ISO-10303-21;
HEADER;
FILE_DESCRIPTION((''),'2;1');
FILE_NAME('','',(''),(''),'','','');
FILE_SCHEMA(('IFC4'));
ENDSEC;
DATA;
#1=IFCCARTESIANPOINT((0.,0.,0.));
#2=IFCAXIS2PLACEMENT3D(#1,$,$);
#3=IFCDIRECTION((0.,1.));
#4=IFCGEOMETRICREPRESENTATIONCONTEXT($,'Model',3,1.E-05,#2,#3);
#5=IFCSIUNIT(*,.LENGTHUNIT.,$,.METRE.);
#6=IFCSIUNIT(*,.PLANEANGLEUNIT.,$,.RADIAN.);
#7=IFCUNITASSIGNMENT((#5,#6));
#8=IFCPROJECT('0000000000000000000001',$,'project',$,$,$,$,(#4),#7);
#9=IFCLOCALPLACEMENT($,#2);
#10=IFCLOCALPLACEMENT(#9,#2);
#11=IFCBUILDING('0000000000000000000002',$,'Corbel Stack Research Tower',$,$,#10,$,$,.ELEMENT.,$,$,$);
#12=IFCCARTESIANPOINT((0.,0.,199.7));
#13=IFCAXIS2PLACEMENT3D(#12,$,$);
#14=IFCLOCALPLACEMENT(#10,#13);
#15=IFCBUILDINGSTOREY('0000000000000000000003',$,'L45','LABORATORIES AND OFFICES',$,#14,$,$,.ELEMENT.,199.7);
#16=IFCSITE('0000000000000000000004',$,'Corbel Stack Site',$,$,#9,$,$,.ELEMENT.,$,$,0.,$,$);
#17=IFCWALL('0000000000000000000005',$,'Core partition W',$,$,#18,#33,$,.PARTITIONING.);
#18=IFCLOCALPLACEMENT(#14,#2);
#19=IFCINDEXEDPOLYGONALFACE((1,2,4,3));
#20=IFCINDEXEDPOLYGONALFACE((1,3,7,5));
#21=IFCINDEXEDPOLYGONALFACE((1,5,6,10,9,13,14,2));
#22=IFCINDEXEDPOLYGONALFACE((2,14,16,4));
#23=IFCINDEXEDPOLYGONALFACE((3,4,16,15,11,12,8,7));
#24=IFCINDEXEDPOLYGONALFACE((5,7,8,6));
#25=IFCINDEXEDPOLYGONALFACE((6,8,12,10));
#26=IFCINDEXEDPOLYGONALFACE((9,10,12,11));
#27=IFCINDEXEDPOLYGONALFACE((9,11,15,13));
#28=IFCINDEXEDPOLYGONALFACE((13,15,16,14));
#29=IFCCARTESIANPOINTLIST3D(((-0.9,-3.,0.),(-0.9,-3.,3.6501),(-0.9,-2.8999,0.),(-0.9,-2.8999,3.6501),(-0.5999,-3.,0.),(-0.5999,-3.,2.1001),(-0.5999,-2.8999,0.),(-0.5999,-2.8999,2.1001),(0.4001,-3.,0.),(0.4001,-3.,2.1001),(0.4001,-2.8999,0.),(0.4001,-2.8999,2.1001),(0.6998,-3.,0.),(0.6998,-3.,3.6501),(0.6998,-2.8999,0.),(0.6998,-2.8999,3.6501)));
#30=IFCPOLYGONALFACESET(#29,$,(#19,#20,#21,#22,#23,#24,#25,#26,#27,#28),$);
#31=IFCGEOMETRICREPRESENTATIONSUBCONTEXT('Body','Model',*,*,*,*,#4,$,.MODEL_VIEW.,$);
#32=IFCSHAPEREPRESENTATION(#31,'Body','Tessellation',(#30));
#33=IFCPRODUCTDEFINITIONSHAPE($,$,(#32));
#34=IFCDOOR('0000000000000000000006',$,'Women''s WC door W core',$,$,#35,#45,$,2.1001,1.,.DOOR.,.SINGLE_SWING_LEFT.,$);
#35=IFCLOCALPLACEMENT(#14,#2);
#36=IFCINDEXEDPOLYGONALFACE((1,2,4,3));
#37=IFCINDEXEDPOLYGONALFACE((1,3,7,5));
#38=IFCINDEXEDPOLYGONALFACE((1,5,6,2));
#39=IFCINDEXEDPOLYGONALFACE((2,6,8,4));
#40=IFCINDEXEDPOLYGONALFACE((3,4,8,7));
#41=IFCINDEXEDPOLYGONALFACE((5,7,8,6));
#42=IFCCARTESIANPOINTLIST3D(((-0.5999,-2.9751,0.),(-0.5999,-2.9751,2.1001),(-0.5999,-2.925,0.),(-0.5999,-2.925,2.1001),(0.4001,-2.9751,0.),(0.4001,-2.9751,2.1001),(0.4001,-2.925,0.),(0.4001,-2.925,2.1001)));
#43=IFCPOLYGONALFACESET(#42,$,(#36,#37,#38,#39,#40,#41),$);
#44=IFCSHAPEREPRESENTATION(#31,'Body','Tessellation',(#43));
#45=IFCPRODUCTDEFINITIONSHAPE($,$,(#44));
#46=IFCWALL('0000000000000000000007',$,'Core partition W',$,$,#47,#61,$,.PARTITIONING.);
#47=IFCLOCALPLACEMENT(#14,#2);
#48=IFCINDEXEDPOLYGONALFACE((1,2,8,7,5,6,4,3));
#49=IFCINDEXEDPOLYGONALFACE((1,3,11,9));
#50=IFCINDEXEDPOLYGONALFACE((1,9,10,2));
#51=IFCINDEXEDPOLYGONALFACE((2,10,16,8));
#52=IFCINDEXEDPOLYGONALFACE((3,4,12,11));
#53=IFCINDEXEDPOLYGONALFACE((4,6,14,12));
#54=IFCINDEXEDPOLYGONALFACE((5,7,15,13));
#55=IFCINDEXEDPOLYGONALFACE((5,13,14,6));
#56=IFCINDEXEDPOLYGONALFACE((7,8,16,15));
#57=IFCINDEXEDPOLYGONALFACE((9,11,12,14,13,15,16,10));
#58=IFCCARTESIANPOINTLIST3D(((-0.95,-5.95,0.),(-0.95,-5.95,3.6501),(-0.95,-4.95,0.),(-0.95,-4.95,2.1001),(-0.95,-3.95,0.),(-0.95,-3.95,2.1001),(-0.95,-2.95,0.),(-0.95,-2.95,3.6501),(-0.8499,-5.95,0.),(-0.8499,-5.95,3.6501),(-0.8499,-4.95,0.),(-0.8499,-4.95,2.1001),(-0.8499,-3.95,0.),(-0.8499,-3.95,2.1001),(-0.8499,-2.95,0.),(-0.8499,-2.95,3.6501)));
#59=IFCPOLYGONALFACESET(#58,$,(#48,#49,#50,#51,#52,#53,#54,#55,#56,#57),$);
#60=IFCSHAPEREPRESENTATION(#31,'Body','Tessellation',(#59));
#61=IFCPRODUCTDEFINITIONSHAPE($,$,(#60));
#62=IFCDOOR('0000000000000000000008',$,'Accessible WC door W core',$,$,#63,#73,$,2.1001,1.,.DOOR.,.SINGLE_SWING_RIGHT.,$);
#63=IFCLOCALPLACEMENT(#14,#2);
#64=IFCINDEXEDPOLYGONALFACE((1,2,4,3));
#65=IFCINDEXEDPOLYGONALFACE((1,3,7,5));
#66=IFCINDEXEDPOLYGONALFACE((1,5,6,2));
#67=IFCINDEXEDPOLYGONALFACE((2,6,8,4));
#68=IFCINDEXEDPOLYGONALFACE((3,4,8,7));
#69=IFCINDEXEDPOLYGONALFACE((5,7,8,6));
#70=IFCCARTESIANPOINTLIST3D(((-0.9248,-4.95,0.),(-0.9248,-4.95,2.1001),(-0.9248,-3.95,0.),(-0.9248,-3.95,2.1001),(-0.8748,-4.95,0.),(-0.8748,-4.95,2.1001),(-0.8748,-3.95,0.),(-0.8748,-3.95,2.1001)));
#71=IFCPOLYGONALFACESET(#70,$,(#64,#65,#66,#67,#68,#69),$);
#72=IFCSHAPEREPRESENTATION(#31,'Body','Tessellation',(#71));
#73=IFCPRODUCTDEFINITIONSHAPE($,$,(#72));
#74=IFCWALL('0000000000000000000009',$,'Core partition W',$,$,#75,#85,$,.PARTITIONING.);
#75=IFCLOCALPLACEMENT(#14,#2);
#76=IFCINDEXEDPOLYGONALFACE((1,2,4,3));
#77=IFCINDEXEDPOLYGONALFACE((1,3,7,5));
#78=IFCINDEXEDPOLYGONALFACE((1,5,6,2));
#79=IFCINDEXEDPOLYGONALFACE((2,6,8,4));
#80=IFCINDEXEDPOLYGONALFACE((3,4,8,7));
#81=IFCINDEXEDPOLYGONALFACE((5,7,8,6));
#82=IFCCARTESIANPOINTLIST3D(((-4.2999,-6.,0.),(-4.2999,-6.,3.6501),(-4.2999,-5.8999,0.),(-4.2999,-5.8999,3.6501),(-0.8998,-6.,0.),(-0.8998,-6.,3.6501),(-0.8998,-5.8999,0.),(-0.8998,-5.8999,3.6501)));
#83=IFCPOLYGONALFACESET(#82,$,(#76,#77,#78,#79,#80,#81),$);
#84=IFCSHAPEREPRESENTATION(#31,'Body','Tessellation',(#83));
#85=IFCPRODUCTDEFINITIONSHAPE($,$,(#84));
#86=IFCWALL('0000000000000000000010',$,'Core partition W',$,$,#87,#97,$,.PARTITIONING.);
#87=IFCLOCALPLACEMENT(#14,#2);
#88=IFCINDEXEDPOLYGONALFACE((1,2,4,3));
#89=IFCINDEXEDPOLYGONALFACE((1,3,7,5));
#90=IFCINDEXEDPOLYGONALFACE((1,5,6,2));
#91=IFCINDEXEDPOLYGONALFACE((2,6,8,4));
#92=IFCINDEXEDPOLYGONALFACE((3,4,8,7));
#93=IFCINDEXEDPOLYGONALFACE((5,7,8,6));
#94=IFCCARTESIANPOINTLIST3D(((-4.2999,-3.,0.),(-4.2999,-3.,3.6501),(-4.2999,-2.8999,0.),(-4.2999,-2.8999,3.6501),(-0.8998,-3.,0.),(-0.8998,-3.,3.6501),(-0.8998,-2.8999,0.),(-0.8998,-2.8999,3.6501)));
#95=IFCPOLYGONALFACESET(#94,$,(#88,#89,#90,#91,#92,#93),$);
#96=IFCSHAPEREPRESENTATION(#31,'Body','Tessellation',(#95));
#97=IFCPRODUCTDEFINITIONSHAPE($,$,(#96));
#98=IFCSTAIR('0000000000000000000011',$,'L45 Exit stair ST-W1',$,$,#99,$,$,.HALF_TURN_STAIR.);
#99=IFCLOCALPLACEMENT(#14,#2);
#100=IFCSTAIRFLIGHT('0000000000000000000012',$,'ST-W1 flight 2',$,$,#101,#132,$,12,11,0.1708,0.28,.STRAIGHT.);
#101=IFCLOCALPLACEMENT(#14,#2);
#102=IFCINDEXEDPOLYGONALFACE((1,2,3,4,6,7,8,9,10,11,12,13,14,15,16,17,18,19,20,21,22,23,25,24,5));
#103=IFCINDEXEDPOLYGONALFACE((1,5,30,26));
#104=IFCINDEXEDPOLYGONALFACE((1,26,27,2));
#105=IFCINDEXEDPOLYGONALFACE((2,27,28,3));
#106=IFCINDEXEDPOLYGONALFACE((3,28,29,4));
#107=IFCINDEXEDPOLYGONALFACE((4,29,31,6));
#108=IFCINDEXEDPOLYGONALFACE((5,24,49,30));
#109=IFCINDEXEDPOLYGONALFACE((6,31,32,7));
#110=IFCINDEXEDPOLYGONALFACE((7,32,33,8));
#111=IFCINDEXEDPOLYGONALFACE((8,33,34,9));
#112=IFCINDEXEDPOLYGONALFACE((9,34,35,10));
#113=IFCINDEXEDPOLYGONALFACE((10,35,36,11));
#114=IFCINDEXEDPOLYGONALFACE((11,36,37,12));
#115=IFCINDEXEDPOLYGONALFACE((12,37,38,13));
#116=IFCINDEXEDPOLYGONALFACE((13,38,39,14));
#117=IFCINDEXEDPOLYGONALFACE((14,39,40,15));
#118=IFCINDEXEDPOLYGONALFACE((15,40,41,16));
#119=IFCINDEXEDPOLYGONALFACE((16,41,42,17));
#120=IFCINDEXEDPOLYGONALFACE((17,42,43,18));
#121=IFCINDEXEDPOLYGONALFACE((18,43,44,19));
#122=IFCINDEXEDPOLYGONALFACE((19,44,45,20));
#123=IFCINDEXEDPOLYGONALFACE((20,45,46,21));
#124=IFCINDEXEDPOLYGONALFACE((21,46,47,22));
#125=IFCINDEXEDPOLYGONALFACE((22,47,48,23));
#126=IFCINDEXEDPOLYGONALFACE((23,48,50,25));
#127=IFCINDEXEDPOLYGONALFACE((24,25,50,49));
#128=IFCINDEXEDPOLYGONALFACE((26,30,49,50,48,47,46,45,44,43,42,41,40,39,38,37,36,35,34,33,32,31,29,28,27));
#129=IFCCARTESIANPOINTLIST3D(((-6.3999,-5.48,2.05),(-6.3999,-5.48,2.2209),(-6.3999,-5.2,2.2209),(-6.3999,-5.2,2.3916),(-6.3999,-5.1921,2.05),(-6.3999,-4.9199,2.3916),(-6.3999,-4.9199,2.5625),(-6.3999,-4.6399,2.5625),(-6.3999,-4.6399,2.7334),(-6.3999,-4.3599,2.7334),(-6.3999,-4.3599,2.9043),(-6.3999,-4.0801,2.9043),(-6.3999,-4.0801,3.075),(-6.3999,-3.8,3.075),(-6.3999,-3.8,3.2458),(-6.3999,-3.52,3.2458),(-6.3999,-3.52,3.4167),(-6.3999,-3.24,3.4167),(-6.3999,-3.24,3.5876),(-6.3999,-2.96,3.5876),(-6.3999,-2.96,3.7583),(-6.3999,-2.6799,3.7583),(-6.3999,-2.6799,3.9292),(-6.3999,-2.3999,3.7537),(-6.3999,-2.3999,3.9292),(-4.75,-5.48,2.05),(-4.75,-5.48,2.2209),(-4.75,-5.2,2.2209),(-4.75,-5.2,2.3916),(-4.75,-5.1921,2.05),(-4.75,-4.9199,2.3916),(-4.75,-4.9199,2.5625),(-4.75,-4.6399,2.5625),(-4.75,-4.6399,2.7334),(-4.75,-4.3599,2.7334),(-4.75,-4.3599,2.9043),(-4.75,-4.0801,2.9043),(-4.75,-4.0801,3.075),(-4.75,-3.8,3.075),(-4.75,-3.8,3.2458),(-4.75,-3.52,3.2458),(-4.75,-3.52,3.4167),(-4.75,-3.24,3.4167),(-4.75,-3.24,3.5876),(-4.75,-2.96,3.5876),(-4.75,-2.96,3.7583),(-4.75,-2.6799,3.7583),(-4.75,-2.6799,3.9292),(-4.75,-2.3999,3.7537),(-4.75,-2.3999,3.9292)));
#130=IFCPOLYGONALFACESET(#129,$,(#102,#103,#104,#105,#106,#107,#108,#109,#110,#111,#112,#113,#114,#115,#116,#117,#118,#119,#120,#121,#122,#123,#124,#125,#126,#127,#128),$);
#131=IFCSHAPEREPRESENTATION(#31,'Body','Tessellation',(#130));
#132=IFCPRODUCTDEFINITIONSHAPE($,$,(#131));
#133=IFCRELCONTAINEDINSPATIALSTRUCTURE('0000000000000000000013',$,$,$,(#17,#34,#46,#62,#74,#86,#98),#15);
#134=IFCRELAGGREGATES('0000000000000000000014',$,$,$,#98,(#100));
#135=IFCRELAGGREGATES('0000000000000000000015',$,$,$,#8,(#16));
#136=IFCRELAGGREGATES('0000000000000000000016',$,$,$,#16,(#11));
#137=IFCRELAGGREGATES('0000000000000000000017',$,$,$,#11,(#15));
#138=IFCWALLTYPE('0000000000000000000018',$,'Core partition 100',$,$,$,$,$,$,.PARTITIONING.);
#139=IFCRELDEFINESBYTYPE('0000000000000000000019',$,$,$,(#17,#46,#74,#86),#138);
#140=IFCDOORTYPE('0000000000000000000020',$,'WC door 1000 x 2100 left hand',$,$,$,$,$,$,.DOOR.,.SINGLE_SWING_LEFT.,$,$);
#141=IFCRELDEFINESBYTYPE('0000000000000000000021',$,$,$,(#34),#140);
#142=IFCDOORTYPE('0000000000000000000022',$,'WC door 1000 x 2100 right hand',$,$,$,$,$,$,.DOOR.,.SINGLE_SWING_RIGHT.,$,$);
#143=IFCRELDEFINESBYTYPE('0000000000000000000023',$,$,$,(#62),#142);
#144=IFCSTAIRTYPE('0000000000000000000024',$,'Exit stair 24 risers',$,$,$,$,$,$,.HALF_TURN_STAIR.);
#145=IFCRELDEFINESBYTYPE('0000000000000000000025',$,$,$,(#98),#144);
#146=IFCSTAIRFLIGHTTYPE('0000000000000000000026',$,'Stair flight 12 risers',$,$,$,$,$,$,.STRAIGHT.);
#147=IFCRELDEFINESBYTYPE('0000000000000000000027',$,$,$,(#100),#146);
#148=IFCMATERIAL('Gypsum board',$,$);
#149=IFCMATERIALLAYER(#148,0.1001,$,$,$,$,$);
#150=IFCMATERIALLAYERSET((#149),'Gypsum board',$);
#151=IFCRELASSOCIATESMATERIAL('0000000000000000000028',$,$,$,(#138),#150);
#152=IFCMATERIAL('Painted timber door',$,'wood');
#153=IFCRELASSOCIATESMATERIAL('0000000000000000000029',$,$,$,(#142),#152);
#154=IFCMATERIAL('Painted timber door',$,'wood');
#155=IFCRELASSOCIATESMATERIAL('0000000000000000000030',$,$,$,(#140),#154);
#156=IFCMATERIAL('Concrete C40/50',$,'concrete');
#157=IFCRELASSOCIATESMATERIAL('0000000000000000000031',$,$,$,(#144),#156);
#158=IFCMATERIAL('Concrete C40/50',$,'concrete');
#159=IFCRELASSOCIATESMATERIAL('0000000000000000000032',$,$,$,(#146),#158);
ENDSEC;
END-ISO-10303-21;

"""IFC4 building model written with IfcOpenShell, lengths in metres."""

from ifc_helpers import new_model, si_unit, direction, frame, frame_2d, origin, place, context, subcontext, project, spatial, polyline, rectangle, outline, extrude, material, layer, layer_set, type_object, element, fill, aggregate, save


model = new_model("IFC4")

# Units and contexts
model_context = context("Model", 3, precision=1e-05, world=origin(), true_north=direction((0.0, 1.0)))
body_context = subcontext(model_context, "Body", "Model", "MODEL_VIEW")
ifc_project = project(units=[si_unit("LENGTHUNIT", "METRE"), si_unit("PLANEANGLEUNIT", "RADIAN")], contexts=[model_context])

# Site, building, storey
site_placement = place(None, origin())
site = spatial("IfcSite", under=ifc_project, at=site_placement, Name="Corbel Stack Site", CompositionType="ELEMENT", RefElevation=0.0)
building_placement = place(site_placement, origin())
building = spatial("IfcBuilding", under=site, at=building_placement, Name="Corbel Stack Research Tower", CompositionType="ELEMENT")
storey_placement = place(building_placement, frame((0.0, 0.0, 199.7)))
storey = spatial("IfcBuildingStorey", under=building, at=storey_placement, Name="L45", Description="LABORATORIES AND OFFICES", CompositionType="ELEMENT", Elevation=199.7)

# Walls, openings, doors
ifc_material_1 = material(Name="Gypsum board")
ifc_layer_1 = layer(ifc_material_1, 0.1001)
ifc_layer_set_1 = layer_set([ifc_layer_1], Name="Gypsum board")
wall_type_1 = type_object("IfcWallType", Name="Core partition 100", PredefinedType="PARTITIONING", material=ifc_layer_set_1)
ifc_material_2 = material(Name="Painted timber door", Category="wood")
door_type_1 = type_object("IfcDoorType", Name="WC door 1000 x 2100 right hand", OperationType="SINGLE_SWING_RIGHT", PredefinedType="DOOR", material=ifc_material_2)
wall_1_placement = place(storey_placement, frame((-0.8999, -2.95, 0.0), z_axis=(0.0, 0.0, 1.0), x_axis=(1.0, 0.0, 0.0)))
wall_1 = element("IfcWall", 1, at=wall_1_placement, inside=storey, type_object=wall_type_1, Name="Core partition W", PredefinedType="PARTITIONING", context=body_context, shape_type="SweptSolid", body=[
    extrude(rectangle(XDim=1.5999, YDim=0.1001, at=frame_2d((0.7998, 0.0))), origin(), (0.0, 0.0, 1.0), 3.6501),
])
opening_1_placement = place(wall_1_placement, frame((0.3, 0.0, 0.0)))
opening_1 = element("IfcOpeningElement", 2, at=opening_1_placement, cuts=wall_1, PredefinedType="OPENING", context=body_context, shape_type="SweptSolid", body=[
    extrude(rectangle(XDim=1.0, YDim=2.1001, at=frame_2d((0.5, 1.05))), frame((0.0, 0.0601, 0.0), z_axis=(0.0, -1.0, 0.0), x_axis=(1.0, 0.0, 0.0)), (0.0, 0.0, 1.0), 0.1201),
])
ifc_material_3 = material(Name="Painted timber door", Category="wood")
door_type_2 = type_object("IfcDoorType", Name="WC door 1000 x 2100 left hand", OperationType="SINGLE_SWING_LEFT", PredefinedType="DOOR", material=ifc_material_3)
door_1_placement = place(opening_1_placement, origin())
door_1 = element("IfcDoor", 3, at=door_1_placement, inside=storey, type_object=door_type_2, Name="Women's WC door W core", OperationType="SINGLE_SWING_LEFT", OverallHeight=2.1001, OverallWidth=1.0, PredefinedType="DOOR", context=body_context, shape_type="SweptSolid", body=[
    extrude(rectangle(XDim=1.0, YDim=2.1001, at=frame_2d((0.5, 1.05))), frame((0.0, 0.0249, 0.0), z_axis=(0.0, -1.0, 0.0), x_axis=(1.0, 0.0, 0.0)), (0.0, 0.0, 1.0), 0.05),
])
fill(opening_1, door_1)
wall_2_placement = place(storey_placement, frame((-0.8999, -5.95, 0.0), z_axis=(0.0, 0.0, 1.0), x_axis=(0.0, 1.0, 0.0)))
wall_2 = element("IfcWall", 4, at=wall_2_placement, inside=storey, type_object=wall_type_1, Name="Core partition W", PredefinedType="PARTITIONING", context=body_context, shape_type="SweptSolid", body=[
    extrude(rectangle(XDim=3.0, YDim=0.1001, at=frame_2d((1.5, 0.0))), origin(), (0.0, 0.0, 1.0), 3.6501),
])
opening_2_placement = place(wall_2_placement, frame((1.0, 0.0, 0.0)))
opening_2 = element("IfcOpeningElement", 5, at=opening_2_placement, cuts=wall_2, PredefinedType="OPENING", context=body_context, shape_type="SweptSolid", body=[
    extrude(rectangle(XDim=1.0, YDim=2.1001, at=frame_2d((0.5, 1.05))), frame((0.0, 0.0601, 0.0), z_axis=(0.0, -1.0, 0.0), x_axis=(1.0, 0.0, 0.0)), (0.0, 0.0, 1.0), 0.1201),
])
door_2_placement = place(opening_2_placement, origin())
door_2 = element("IfcDoor", 6, at=door_2_placement, inside=storey, type_object=door_type_1, Name="Accessible WC door W core", OperationType="SINGLE_SWING_RIGHT", OverallHeight=2.1001, OverallWidth=1.0, PredefinedType="DOOR", context=body_context, shape_type="SweptSolid", body=[
    extrude(rectangle(XDim=1.0, YDim=2.1001, at=frame_2d((0.5, 1.05))), frame((0.0, 0.0249, 0.0), z_axis=(0.0, -1.0, 0.0), x_axis=(1.0, 0.0, 0.0)), (0.0, 0.0, 1.0), 0.05),
])
fill(opening_2, door_2)

# Walls
for number, where, z_axis, x_axis, name in (
    (7, (-4.3, -5.95, 0.0), (0.0, 0.0, 1.0), (1.0, 0.0, 0.0), "Core partition W"),
    (8, (-4.3, -2.95, 0.0), (0.0, 0.0, 1.0), (1.0, 0.0, 0.0), "Core partition W"),
):
    element("IfcWall", number, at=place(storey_placement, frame(where, z_axis=z_axis, x_axis=x_axis)), inside=storey, type_object=wall_type_1, Name=name, PredefinedType="PARTITIONING", context=body_context, shape_type="SweptSolid", body=[
        extrude(rectangle(XDim=3.4001, YDim=0.1001, at=frame_2d((1.7002, 0.0))), origin(), (0.0, 0.0, 1.0), 3.6501),
    ])

# Stair, stair flight
ifc_material_4 = material(Name="Concrete C40/50", Category="concrete")
stair_type = type_object("IfcStairType", Name="Exit stair 24 risers", PredefinedType="HALF_TURN_STAIR", material=ifc_material_4)
stair_placement = place(storey_placement, origin())
stair = element("IfcStair", 9, at=stair_placement, inside=storey, type_object=stair_type, Name="L45 Exit stair ST-W1", PredefinedType="HALF_TURN_STAIR")
ifc_material_5 = material(Name="Concrete C40/50", Category="concrete")
stair_flight_type = type_object("IfcStairFlightType", Name="Stair flight 12 risers", PredefinedType="STRAIGHT", material=ifc_material_5)
stair_flight_placement = place(storey_placement, frame((-5.575, -5.48, 2.05), z_axis=(0.0, 0.0, 1.0), x_axis=(0.0, 1.0, 0.0)))
stair_flight = element("IfcStairFlight", 10, at=stair_flight_placement, type_object=stair_flight_type, Name="ST-W1 flight 2", NumberOfRisers=12, NumberOfTreads=11, PredefinedType="STRAIGHT", RiserHeight=0.1708, TreadLength=0.28, context=body_context, shape_type="SweptSolid", body=[
    extrude(outline(polyline([(0.0, 0.0), (0.0, 0.1709), (0.28, 0.1709), (0.28, 0.3416), (0.5601, 0.3416), (0.5601, 0.5125), (0.8401, 0.5125), (0.8401, 0.6833), (1.1201, 0.6833), (1.1201, 0.8542), (1.3999, 0.8542), (1.3999, 1.0249), (1.6799, 1.0249), (1.6799, 1.1958), (1.96, 1.1958), (1.96, 1.3667), (2.24, 1.3667), (2.24, 1.5376), (2.52, 1.5376), (2.52, 1.7083), (2.8, 1.7083), (2.8, 1.8792), (3.0801, 1.8792), (3.0801, 2.05), (3.0801, 1.7036), (0.2878, 0.0), (0.0, 0.0)])), frame((0.0, 0.825, 0.0), z_axis=(0.0, -1.0, 0.0), x_axis=(1.0, 0.0, 0.0)), (0.0, 0.0, 1.0), 1.6499),
])
aggregate(stair, [stair_flight])

save(model, "model.ifc")
